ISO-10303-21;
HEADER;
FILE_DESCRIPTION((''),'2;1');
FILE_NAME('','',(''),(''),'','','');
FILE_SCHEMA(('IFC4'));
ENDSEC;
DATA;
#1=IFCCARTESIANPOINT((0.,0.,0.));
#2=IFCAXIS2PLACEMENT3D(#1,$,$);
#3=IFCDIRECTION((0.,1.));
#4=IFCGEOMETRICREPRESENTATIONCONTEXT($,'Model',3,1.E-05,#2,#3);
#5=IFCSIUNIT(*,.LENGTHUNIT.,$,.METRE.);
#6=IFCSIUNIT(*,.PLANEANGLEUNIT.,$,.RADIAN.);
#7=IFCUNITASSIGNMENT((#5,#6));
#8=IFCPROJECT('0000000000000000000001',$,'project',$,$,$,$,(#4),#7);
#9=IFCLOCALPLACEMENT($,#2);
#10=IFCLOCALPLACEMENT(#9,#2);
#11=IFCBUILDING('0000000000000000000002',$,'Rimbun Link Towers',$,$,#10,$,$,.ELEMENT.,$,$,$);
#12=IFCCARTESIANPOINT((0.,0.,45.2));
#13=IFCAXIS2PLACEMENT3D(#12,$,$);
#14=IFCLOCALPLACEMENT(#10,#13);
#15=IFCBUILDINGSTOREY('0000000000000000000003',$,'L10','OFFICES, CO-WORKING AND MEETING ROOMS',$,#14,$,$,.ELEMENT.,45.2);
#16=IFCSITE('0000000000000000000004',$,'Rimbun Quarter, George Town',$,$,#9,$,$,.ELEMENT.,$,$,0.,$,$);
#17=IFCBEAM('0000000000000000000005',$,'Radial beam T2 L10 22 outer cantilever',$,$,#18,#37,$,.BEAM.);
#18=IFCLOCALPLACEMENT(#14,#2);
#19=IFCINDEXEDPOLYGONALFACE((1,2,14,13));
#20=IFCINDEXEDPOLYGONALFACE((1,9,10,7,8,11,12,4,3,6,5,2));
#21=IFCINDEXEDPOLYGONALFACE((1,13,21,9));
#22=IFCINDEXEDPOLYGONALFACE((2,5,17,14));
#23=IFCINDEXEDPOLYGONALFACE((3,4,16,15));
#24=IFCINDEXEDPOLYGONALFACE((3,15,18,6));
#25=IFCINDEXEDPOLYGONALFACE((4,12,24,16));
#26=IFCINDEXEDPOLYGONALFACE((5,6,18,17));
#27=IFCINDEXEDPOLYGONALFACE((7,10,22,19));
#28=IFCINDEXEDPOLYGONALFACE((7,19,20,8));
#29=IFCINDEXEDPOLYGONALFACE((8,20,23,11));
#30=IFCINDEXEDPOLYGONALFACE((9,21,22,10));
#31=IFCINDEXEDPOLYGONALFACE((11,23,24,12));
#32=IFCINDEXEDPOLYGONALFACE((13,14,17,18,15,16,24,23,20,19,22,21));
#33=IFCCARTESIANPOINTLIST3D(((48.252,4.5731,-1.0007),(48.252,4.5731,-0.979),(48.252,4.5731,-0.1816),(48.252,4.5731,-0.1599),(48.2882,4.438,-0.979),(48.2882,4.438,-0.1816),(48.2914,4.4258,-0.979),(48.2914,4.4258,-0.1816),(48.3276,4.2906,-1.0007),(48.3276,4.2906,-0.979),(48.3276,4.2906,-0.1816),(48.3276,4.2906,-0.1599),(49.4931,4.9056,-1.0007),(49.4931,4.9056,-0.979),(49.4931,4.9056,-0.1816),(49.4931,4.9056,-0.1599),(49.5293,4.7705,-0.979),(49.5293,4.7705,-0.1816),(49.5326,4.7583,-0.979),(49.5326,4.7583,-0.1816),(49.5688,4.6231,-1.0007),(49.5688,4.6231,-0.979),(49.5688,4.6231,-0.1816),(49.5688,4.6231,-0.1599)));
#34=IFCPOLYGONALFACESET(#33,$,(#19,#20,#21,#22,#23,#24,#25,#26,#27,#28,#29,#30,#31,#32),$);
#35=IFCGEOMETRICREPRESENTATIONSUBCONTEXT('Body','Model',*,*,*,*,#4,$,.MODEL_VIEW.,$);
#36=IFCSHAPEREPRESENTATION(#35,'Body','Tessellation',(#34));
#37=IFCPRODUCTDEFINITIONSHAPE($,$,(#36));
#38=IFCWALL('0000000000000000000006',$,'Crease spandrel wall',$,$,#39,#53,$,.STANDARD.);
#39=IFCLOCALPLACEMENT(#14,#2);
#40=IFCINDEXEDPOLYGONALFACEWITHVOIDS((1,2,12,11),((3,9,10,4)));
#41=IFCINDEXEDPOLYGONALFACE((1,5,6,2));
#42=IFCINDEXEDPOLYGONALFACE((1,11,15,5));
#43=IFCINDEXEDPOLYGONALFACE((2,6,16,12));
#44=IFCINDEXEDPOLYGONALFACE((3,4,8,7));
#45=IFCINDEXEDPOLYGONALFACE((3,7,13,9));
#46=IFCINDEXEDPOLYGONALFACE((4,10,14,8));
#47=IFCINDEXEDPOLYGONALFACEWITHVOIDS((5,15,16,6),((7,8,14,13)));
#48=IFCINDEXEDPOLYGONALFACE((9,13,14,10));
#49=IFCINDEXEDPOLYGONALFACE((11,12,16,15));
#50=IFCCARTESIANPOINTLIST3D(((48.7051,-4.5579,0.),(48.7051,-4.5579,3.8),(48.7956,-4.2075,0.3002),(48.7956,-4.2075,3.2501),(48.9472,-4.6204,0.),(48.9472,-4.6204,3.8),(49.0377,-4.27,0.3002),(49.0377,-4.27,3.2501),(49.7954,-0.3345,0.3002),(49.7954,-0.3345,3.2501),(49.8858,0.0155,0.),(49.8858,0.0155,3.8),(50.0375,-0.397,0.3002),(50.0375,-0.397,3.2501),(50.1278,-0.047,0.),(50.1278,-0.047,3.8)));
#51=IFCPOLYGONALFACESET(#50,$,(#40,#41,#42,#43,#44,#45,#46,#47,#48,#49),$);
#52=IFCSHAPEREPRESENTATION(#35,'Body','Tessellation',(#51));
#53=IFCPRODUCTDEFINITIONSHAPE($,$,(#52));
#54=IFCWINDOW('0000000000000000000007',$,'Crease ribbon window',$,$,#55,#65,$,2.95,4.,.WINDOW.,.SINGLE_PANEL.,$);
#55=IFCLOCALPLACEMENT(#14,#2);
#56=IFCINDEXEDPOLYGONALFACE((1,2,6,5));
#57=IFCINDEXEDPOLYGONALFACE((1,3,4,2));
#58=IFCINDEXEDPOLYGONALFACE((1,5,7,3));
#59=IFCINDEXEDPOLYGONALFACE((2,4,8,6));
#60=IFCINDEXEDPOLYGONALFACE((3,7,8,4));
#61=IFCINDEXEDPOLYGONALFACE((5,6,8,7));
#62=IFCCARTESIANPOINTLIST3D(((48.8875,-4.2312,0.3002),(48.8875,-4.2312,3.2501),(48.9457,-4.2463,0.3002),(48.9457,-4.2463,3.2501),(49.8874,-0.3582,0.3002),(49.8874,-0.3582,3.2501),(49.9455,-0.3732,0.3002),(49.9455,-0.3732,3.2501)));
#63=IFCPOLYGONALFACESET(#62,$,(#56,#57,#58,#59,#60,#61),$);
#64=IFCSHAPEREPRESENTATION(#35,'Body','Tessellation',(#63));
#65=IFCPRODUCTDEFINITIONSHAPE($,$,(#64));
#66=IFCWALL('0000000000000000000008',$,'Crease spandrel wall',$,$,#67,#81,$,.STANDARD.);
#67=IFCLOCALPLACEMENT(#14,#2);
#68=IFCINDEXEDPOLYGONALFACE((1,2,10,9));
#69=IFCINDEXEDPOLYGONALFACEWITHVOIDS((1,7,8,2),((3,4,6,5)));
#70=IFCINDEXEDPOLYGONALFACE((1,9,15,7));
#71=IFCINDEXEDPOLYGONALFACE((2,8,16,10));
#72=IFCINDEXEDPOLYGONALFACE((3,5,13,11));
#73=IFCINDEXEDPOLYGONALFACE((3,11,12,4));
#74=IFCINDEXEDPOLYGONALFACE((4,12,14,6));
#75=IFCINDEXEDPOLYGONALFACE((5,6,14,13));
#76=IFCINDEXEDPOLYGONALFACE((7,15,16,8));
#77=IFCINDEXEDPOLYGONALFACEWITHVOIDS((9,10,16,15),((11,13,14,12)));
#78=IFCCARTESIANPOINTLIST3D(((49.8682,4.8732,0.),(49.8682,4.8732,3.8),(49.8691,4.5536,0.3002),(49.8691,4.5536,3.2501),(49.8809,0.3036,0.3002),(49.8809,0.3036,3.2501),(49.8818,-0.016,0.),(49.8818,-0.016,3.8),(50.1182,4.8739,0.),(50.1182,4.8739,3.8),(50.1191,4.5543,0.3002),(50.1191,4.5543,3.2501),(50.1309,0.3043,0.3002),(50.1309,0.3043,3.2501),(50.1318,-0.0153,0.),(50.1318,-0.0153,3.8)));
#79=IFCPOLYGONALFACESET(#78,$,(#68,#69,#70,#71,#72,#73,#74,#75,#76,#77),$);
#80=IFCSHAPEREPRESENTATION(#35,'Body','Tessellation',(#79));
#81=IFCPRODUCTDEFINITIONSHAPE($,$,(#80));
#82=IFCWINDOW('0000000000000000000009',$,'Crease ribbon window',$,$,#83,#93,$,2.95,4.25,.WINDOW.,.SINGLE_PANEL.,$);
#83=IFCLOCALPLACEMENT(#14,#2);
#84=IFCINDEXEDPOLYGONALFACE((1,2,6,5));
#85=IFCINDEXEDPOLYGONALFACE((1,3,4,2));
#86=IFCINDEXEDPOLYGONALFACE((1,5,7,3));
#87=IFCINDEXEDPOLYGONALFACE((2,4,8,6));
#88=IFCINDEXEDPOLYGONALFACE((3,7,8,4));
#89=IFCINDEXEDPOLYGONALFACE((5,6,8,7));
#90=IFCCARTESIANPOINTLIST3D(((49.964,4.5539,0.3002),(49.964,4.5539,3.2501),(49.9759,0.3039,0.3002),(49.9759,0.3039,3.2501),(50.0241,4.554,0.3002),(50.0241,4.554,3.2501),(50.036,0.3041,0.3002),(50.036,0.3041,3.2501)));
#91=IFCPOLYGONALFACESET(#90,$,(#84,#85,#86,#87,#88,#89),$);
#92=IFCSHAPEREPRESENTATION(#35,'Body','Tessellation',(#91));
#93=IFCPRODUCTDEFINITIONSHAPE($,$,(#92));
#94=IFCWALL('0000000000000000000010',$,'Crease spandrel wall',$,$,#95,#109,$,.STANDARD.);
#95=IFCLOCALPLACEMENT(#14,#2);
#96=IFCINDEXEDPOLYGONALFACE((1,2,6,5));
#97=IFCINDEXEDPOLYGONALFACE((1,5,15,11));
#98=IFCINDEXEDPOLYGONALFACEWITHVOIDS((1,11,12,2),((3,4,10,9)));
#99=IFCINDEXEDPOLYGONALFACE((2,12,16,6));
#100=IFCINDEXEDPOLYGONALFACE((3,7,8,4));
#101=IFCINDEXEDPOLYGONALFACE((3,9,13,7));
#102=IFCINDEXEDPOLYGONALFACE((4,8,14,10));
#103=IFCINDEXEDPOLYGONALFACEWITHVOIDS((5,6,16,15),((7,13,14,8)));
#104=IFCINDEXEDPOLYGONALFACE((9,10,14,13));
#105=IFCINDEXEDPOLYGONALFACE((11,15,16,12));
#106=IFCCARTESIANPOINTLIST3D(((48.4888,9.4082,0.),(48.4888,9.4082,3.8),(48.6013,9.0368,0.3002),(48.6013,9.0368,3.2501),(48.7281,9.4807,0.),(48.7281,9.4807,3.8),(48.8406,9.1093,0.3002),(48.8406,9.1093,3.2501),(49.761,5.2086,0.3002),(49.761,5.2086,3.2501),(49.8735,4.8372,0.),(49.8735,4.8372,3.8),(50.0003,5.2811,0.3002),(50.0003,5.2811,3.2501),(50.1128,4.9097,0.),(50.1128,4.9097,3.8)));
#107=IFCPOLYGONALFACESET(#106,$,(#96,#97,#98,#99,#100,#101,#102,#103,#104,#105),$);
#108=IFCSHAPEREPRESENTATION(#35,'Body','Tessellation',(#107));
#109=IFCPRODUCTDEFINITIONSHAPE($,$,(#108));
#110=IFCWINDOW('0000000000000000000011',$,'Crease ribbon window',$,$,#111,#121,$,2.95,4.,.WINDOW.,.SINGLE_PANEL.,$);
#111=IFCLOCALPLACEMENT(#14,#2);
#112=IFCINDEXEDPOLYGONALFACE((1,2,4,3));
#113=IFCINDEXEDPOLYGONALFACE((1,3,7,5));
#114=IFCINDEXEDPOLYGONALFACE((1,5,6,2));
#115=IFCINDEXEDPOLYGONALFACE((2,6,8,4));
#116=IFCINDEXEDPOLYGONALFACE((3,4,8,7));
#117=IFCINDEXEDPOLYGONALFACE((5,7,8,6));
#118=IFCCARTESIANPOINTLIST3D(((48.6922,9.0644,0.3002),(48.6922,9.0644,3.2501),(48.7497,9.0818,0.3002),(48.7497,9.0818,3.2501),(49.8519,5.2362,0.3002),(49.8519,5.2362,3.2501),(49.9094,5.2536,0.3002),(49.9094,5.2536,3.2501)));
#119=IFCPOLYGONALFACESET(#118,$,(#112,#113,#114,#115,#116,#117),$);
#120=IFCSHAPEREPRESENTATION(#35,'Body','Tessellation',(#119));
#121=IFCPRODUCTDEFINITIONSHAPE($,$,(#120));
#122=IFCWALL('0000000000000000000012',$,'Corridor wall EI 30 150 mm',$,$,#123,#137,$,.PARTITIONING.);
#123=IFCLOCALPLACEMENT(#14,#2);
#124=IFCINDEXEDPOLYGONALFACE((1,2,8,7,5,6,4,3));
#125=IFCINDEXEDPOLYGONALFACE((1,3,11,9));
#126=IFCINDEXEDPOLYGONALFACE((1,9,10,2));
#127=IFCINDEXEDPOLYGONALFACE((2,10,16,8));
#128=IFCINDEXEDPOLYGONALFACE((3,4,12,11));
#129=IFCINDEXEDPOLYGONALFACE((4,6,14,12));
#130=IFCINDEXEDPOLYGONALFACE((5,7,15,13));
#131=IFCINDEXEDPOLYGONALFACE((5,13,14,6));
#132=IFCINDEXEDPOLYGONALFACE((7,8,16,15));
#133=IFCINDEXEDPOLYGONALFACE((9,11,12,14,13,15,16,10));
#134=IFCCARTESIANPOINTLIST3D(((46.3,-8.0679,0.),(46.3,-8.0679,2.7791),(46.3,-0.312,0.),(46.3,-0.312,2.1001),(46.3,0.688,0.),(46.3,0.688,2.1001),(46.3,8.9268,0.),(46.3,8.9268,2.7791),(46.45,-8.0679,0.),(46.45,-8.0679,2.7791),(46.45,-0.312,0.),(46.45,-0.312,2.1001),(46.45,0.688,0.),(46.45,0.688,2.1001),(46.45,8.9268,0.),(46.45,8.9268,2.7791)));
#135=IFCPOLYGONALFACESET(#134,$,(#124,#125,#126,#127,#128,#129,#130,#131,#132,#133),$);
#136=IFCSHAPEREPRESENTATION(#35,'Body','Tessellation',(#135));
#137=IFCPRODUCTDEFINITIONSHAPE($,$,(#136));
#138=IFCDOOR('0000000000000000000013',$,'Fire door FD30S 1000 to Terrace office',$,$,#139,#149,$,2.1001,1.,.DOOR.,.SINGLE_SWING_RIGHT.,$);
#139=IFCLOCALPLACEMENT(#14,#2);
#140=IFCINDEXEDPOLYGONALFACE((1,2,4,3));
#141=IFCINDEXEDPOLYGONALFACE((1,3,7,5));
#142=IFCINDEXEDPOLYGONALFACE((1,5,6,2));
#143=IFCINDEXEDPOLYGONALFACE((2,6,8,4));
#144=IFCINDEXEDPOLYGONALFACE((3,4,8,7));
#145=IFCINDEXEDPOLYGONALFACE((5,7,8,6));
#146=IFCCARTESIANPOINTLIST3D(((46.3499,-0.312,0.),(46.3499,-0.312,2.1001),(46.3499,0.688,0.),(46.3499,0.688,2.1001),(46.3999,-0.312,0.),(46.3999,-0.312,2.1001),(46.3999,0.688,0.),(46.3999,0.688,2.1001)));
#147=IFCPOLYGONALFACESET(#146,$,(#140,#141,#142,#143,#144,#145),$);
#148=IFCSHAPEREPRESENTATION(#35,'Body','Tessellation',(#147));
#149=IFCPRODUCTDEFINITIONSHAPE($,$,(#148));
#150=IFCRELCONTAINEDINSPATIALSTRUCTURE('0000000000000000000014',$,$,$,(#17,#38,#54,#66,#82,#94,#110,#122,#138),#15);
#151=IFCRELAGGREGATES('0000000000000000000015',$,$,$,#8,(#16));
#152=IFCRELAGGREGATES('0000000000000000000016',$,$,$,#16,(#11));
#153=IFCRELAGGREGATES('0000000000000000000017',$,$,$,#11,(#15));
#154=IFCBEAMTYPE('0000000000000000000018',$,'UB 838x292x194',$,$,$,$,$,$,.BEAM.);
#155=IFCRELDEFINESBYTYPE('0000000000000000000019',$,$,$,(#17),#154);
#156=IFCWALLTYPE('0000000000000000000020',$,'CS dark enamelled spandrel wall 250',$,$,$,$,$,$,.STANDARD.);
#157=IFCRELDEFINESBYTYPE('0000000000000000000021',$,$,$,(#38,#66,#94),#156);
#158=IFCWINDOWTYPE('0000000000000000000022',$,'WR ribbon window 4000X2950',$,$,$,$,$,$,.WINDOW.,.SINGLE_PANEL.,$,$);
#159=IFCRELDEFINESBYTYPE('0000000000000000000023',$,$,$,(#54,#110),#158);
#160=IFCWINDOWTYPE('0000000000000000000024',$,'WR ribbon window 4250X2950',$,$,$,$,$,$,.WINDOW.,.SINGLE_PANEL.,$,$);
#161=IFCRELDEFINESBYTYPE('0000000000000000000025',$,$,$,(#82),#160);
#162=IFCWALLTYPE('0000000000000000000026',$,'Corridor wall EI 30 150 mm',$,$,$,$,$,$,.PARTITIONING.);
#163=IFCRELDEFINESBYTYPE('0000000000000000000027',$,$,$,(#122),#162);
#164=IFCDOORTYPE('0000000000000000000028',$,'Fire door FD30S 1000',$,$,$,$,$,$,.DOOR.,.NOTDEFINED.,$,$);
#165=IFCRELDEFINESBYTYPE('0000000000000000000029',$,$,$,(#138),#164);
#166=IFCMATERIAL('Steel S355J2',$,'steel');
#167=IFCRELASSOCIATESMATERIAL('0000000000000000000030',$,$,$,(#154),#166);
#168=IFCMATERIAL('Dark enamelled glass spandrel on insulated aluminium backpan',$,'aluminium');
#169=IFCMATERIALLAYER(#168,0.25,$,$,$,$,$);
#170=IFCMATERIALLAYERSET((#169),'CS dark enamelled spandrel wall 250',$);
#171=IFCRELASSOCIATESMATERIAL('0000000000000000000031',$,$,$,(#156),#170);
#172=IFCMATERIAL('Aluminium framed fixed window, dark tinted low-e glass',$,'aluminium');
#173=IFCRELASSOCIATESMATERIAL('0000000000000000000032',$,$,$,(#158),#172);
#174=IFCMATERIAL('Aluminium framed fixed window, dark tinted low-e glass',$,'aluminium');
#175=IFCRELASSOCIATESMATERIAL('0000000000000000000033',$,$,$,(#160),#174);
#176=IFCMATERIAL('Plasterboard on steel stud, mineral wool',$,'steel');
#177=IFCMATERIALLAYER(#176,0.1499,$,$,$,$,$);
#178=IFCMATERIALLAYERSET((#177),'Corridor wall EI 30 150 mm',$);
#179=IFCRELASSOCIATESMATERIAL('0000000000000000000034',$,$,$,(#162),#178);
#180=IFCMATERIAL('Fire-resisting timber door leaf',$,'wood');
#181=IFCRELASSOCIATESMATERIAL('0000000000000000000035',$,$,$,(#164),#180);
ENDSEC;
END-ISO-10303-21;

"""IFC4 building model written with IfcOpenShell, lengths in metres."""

from ifc_helpers import new_model, si_unit, direction, frame, frame_2d, origin, origin_2d, place, context, subcontext, project, spatial, rectangle, i_section, extrude, material, layer, layer_set, material_profile, profile_set, type_object, element, fill, save


model = new_model("IFC4")

# Units and contexts
model_context = context("Model", 3, precision=1e-05, world=origin(), true_north=direction((0.0, 1.0)))
body_context = subcontext(model_context, "Body", "Model", "MODEL_VIEW")
ifc_project = project(units=[si_unit("LENGTHUNIT", "METRE"), si_unit("PLANEANGLEUNIT", "RADIAN")], contexts=[model_context])

# Site, building, storey
site_placement = place(None, origin())
site = spatial("IfcSite", under=ifc_project, at=site_placement, Name="Rimbun Quarter, George Town", CompositionType="ELEMENT", RefElevation=0.0)
building_placement = place(site_placement, origin())
building = spatial("IfcBuilding", under=site, at=building_placement, Name="Rimbun Link Towers", CompositionType="ELEMENT")
storey_placement = place(building_placement, frame((0.0, 0.0, 45.2)))
storey = spatial("IfcBuildingStorey", under=building, at=storey_placement, Name="L10", Description="OFFICES, CO-WORKING AND MEETING ROOMS", CompositionType="ELEMENT", Elevation=45.2)

# Beam
ifc_material_1 = material(Name="Steel S355J2", Category="steel")
ifc_material_profile_1 = material_profile(ifc_material_1, i_section(OverallWidth=0.2925, OverallDepth=0.8408, WebThickness=0.0127, FlangeThickness=0.0217, at=origin_2d()), Name="UB 838x292x194")
ifc_profile_set_1 = profile_set([ifc_material_profile_1], Name="Steel S355J2")
beam_type_1 = type_object("IfcBeamType", Name="UB 838x292x194", PredefinedType="BEAM", material=ifc_profile_set_1)
beam_1_placement = place(storey_placement, frame((48.2898, 4.4319, -0.5803), z_axis=(0.965938, 0.258774, 0.0), x_axis=(-0.258774, 0.965938, 0.0)))
element("IfcBeam", 1, at=beam_1_placement, inside=storey, type_object=beam_type_1, Name="Radial beam T2 L10 22 outer cantilever", PredefinedType="BEAM", context=body_context, shape_type="SweptSolid", body=[
    extrude(i_section(OverallWidth=0.2925, OverallDepth=0.8408, WebThickness=0.0127, FlangeThickness=0.0217, at=origin_2d()), origin(), (0.0, 0.0, 1.0), 1.2849),
])

# Walls, openings, windows
ifc_material_2 = material(Name="Dark enamelled glass spandrel on insulated aluminium backpan", Category="aluminium")
ifc_layer_1 = layer(ifc_material_2, 0.25)
ifc_layer_set_1 = layer_set([ifc_layer_1], Name="CS dark enamelled spandrel wall 250")
wall_type_1 = type_object("IfcWallType", Name="CS dark enamelled spandrel wall 250", PredefinedType="STANDARD", material=ifc_layer_set_1)
wall_1_placement = place(storey_placement, frame((50.0068, -0.0156, 0.0), z_axis=(0.0, 0.0, 1.0), x_axis=(-0.249959, -0.968256, 0.0)))
wall_1 = element("IfcWall", 2, at=wall_1_placement, inside=storey, type_object=wall_type_1, Name="Crease spandrel wall", PredefinedType="STANDARD", context=body_context, shape_type="SweptSolid", body=[
    extrude(rectangle(XDim=4.7234, YDim=0.25, at=frame_2d((2.3618, 0.0))), origin(), (0.0, 0.0, 1.0), 3.8),
])
opening_1_placement = place(wall_1_placement, frame((0.3616, 0.0, 0.3)))
opening_1 = element("IfcOpeningElement", 3, at=opening_1_placement, cuts=wall_1, PredefinedType="OPENING", context=body_context, shape_type="SweptSolid", body=[
    extrude(rectangle(XDim=4.0, YDim=2.95, at=frame_2d((2.0, 1.4751))), frame((0.0, 0.135, 0.0), z_axis=(0.0, -1.0, 0.0), x_axis=(1.0, 0.0, 0.0)), (0.0, 0.0, 1.0), 0.27),
])
ifc_material_3 = material(Name="Aluminium framed fixed window, dark tinted low-e glass", Category="aluminium")
window_type_1 = type_object("IfcWindowType", Name="WR ribbon window 4000X2950", PartitioningType="SINGLE_PANEL", PredefinedType="WINDOW", material=ifc_material_3)
window_1_placement = place(opening_1_placement, origin())
window_1 = element("IfcWindow", 4, at=window_1_placement, inside=storey, type_object=window_type_1, Name="Crease ribbon window", OverallHeight=2.95, OverallWidth=4.0, PartitioningType="SINGLE_PANEL", PredefinedType="WINDOW", context=body_context, shape_type="SweptSolid", body=[
    extrude(rectangle(XDim=4.0, YDim=2.95, at=frame_2d((2.0, 1.4751))), frame((0.0, 0.03, 0.0), z_axis=(0.0, -1.0, 0.0), x_axis=(1.0, 0.0, 0.0)), (0.0, 0.0, 1.0), 0.0601),
])
fill(opening_1, window_1)
wall_2_placement = place(storey_placement, frame((49.9932, 4.8735, 0.0), z_axis=(0.0, 0.0, 1.0), x_axis=(0.002796, -0.999996, 0.0)))
wall_2 = element("IfcWall", 5, at=wall_2_placement, inside=storey, type_object=wall_type_1, Name="Crease spandrel wall", PredefinedType="STANDARD", context=body_context, shape_type="SweptSolid", body=[
    extrude(rectangle(XDim=4.8892, YDim=0.25, at=frame_2d((2.4446, 0.0))), origin(), (0.0, 0.0, 1.0), 3.8),
])
opening_2_placement = place(wall_2_placement, frame((0.3196, 0.0, 0.3)))
opening_2 = element("IfcOpeningElement", 6, at=opening_2_placement, cuts=wall_2, PredefinedType="OPENING", context=body_context, shape_type="SweptSolid", body=[
    extrude(rectangle(XDim=4.25, YDim=2.95, at=frame_2d((2.125, 1.4751))), frame((0.0, 0.135, 0.0), z_axis=(0.0, -1.0, 0.0), x_axis=(1.0, 0.0, 0.0)), (0.0, 0.0, 1.0), 0.27),
])
ifc_material_4 = material(Name="Aluminium framed fixed window, dark tinted low-e glass", Category="aluminium")
window_type_2 = type_object("IfcWindowType", Name="WR ribbon window 4250X2950", PartitioningType="SINGLE_PANEL", PredefinedType="WINDOW", material=ifc_material_4)
window_2_placement = place(opening_2_placement, origin())
window_2 = element("IfcWindow", 7, at=window_2_placement, inside=storey, type_object=window_type_2, Name="Crease ribbon window", OverallHeight=2.95, OverallWidth=4.25, PartitioningType="SINGLE_PANEL", PredefinedType="WINDOW", context=body_context, shape_type="SweptSolid", body=[
    extrude(rectangle(XDim=4.25, YDim=2.95, at=frame_2d((2.125, 1.4751))), frame((0.0, 0.03, 0.0), z_axis=(0.0, -1.0, 0.0), x_axis=(1.0, 0.0, 0.0)), (0.0, 0.0, 1.0), 0.0601),
])
fill(opening_2, window_2)
wall_3_placement = place(storey_placement, frame((48.6084, 9.4446, 0.0), z_axis=(0.0, 0.0, 1.0), x_axis=(0.289931, -0.957048, 0.0)))
wall_3 = element("IfcWall", 8, at=wall_3_placement, inside=storey, type_object=wall_type_1, Name="Crease spandrel wall", PredefinedType="STANDARD", context=body_context, shape_type="SweptSolid", body=[
    extrude(rectangle(XDim=4.7761, YDim=0.25, at=frame_2d((2.3882, 0.0))), origin(), (0.0, 0.0, 1.0), 3.8),
])
opening_3_placement = place(wall_3_placement, frame((0.3882, 0.0, 0.3)))
opening_3 = element("IfcOpeningElement", 9, at=opening_3_placement, cuts=wall_3, PredefinedType="OPENING", context=body_context, shape_type="SweptSolid", body=[
    extrude(rectangle(XDim=4.0, YDim=2.95, at=frame_2d((2.0, 1.4751))), frame((0.0, 0.135, 0.0), z_axis=(0.0, -1.0, 0.0), x_axis=(1.0, 0.0, 0.0)), (0.0, 0.0, 1.0), 0.27),
])
window_3_placement = place(opening_3_placement, origin())
window_3 = element("IfcWindow", 10, at=window_3_placement, inside=storey, type_object=window_type_1, Name="Crease ribbon window", OverallHeight=2.95, OverallWidth=4.0, PartitioningType="SINGLE_PANEL", PredefinedType="WINDOW", context=body_context, shape_type="SweptSolid", body=[
    extrude(rectangle(XDim=4.0, YDim=2.95, at=frame_2d((2.0, 1.4751))), frame((0.0, 0.03, 0.0), z_axis=(0.0, -1.0, 0.0), x_axis=(1.0, 0.0, 0.0)), (0.0, 0.0, 1.0), 0.0601),
])
fill(opening_3, window_3)

# Wall, opening, door
ifc_material_5 = material(Name="Plasterboard on steel stud, mineral wool", Category="steel")
ifc_layer_2 = layer(ifc_material_5, 0.1499)
ifc_layer_set_2 = layer_set([ifc_layer_2], Name="Corridor wall EI 30 150 mm")
wall_type_2 = type_object("IfcWallType", Name="Corridor wall EI 30 150 mm", PredefinedType="PARTITIONING", material=ifc_layer_set_2)
wall_4_placement = place(storey_placement, frame((46.375, 8.9268, 0.0), z_axis=(0.0, 0.0, 1.0), x_axis=(0.0, -1.0, 0.0)))
wall_4 = element("IfcWall", 11, at=wall_4_placement, inside=storey, type_object=wall_type_2, Name="Corridor wall EI 30 150 mm", PredefinedType="PARTITIONING", context=body_context, shape_type="SweptSolid", body=[
    extrude(rectangle(XDim=16.9946, YDim=0.1499, at=frame_2d((8.4973, 0.0))), origin(), (0.0, 0.0, 1.0), 2.7791),
])
opening_4_placement = place(wall_4_placement, frame((8.2388, 0.0, 0.0)))
opening_4 = element("IfcOpeningElement", 12, at=opening_4_placement, cuts=wall_4, PredefinedType="OPENING", context=body_context, shape_type="SweptSolid", body=[
    extrude(rectangle(XDim=1.0, YDim=2.1001, at=frame_2d((0.5, 1.05))), frame((0.0, 0.085, 0.0), z_axis=(0.0, -1.0, 0.0), x_axis=(1.0, 0.0, 0.0)), (0.0, 0.0, 1.0), 0.1699),
])
ifc_material_6 = material(Name="Fire-resisting timber door leaf", Category="wood")
door_type_1 = type_object("IfcDoorType", Name="Fire door FD30S 1000", OperationType="NOTDEFINED", PredefinedType="DOOR", material=ifc_material_6)
door_1_placement = place(opening_4_placement, origin())
door_1 = element("IfcDoor", 13, at=door_1_placement, inside=storey, type_object=door_type_1, Name="Fire door FD30S 1000 to Terrace office", OperationType="SINGLE_SWING_RIGHT", OverallHeight=2.1001, OverallWidth=1.0, PredefinedType="DOOR", context=body_context, shape_type="SweptSolid", body=[
    extrude(rectangle(XDim=1.0, YDim=2.1001, at=frame_2d((0.5, 1.05))), frame((0.0, 0.0249, 0.0), z_axis=(0.0, -1.0, 0.0), x_axis=(1.0, 0.0, 0.0)), (0.0, 0.0, 1.0), 0.05),
])
fill(opening_4, door_1)

save(model, "model.ifc")
